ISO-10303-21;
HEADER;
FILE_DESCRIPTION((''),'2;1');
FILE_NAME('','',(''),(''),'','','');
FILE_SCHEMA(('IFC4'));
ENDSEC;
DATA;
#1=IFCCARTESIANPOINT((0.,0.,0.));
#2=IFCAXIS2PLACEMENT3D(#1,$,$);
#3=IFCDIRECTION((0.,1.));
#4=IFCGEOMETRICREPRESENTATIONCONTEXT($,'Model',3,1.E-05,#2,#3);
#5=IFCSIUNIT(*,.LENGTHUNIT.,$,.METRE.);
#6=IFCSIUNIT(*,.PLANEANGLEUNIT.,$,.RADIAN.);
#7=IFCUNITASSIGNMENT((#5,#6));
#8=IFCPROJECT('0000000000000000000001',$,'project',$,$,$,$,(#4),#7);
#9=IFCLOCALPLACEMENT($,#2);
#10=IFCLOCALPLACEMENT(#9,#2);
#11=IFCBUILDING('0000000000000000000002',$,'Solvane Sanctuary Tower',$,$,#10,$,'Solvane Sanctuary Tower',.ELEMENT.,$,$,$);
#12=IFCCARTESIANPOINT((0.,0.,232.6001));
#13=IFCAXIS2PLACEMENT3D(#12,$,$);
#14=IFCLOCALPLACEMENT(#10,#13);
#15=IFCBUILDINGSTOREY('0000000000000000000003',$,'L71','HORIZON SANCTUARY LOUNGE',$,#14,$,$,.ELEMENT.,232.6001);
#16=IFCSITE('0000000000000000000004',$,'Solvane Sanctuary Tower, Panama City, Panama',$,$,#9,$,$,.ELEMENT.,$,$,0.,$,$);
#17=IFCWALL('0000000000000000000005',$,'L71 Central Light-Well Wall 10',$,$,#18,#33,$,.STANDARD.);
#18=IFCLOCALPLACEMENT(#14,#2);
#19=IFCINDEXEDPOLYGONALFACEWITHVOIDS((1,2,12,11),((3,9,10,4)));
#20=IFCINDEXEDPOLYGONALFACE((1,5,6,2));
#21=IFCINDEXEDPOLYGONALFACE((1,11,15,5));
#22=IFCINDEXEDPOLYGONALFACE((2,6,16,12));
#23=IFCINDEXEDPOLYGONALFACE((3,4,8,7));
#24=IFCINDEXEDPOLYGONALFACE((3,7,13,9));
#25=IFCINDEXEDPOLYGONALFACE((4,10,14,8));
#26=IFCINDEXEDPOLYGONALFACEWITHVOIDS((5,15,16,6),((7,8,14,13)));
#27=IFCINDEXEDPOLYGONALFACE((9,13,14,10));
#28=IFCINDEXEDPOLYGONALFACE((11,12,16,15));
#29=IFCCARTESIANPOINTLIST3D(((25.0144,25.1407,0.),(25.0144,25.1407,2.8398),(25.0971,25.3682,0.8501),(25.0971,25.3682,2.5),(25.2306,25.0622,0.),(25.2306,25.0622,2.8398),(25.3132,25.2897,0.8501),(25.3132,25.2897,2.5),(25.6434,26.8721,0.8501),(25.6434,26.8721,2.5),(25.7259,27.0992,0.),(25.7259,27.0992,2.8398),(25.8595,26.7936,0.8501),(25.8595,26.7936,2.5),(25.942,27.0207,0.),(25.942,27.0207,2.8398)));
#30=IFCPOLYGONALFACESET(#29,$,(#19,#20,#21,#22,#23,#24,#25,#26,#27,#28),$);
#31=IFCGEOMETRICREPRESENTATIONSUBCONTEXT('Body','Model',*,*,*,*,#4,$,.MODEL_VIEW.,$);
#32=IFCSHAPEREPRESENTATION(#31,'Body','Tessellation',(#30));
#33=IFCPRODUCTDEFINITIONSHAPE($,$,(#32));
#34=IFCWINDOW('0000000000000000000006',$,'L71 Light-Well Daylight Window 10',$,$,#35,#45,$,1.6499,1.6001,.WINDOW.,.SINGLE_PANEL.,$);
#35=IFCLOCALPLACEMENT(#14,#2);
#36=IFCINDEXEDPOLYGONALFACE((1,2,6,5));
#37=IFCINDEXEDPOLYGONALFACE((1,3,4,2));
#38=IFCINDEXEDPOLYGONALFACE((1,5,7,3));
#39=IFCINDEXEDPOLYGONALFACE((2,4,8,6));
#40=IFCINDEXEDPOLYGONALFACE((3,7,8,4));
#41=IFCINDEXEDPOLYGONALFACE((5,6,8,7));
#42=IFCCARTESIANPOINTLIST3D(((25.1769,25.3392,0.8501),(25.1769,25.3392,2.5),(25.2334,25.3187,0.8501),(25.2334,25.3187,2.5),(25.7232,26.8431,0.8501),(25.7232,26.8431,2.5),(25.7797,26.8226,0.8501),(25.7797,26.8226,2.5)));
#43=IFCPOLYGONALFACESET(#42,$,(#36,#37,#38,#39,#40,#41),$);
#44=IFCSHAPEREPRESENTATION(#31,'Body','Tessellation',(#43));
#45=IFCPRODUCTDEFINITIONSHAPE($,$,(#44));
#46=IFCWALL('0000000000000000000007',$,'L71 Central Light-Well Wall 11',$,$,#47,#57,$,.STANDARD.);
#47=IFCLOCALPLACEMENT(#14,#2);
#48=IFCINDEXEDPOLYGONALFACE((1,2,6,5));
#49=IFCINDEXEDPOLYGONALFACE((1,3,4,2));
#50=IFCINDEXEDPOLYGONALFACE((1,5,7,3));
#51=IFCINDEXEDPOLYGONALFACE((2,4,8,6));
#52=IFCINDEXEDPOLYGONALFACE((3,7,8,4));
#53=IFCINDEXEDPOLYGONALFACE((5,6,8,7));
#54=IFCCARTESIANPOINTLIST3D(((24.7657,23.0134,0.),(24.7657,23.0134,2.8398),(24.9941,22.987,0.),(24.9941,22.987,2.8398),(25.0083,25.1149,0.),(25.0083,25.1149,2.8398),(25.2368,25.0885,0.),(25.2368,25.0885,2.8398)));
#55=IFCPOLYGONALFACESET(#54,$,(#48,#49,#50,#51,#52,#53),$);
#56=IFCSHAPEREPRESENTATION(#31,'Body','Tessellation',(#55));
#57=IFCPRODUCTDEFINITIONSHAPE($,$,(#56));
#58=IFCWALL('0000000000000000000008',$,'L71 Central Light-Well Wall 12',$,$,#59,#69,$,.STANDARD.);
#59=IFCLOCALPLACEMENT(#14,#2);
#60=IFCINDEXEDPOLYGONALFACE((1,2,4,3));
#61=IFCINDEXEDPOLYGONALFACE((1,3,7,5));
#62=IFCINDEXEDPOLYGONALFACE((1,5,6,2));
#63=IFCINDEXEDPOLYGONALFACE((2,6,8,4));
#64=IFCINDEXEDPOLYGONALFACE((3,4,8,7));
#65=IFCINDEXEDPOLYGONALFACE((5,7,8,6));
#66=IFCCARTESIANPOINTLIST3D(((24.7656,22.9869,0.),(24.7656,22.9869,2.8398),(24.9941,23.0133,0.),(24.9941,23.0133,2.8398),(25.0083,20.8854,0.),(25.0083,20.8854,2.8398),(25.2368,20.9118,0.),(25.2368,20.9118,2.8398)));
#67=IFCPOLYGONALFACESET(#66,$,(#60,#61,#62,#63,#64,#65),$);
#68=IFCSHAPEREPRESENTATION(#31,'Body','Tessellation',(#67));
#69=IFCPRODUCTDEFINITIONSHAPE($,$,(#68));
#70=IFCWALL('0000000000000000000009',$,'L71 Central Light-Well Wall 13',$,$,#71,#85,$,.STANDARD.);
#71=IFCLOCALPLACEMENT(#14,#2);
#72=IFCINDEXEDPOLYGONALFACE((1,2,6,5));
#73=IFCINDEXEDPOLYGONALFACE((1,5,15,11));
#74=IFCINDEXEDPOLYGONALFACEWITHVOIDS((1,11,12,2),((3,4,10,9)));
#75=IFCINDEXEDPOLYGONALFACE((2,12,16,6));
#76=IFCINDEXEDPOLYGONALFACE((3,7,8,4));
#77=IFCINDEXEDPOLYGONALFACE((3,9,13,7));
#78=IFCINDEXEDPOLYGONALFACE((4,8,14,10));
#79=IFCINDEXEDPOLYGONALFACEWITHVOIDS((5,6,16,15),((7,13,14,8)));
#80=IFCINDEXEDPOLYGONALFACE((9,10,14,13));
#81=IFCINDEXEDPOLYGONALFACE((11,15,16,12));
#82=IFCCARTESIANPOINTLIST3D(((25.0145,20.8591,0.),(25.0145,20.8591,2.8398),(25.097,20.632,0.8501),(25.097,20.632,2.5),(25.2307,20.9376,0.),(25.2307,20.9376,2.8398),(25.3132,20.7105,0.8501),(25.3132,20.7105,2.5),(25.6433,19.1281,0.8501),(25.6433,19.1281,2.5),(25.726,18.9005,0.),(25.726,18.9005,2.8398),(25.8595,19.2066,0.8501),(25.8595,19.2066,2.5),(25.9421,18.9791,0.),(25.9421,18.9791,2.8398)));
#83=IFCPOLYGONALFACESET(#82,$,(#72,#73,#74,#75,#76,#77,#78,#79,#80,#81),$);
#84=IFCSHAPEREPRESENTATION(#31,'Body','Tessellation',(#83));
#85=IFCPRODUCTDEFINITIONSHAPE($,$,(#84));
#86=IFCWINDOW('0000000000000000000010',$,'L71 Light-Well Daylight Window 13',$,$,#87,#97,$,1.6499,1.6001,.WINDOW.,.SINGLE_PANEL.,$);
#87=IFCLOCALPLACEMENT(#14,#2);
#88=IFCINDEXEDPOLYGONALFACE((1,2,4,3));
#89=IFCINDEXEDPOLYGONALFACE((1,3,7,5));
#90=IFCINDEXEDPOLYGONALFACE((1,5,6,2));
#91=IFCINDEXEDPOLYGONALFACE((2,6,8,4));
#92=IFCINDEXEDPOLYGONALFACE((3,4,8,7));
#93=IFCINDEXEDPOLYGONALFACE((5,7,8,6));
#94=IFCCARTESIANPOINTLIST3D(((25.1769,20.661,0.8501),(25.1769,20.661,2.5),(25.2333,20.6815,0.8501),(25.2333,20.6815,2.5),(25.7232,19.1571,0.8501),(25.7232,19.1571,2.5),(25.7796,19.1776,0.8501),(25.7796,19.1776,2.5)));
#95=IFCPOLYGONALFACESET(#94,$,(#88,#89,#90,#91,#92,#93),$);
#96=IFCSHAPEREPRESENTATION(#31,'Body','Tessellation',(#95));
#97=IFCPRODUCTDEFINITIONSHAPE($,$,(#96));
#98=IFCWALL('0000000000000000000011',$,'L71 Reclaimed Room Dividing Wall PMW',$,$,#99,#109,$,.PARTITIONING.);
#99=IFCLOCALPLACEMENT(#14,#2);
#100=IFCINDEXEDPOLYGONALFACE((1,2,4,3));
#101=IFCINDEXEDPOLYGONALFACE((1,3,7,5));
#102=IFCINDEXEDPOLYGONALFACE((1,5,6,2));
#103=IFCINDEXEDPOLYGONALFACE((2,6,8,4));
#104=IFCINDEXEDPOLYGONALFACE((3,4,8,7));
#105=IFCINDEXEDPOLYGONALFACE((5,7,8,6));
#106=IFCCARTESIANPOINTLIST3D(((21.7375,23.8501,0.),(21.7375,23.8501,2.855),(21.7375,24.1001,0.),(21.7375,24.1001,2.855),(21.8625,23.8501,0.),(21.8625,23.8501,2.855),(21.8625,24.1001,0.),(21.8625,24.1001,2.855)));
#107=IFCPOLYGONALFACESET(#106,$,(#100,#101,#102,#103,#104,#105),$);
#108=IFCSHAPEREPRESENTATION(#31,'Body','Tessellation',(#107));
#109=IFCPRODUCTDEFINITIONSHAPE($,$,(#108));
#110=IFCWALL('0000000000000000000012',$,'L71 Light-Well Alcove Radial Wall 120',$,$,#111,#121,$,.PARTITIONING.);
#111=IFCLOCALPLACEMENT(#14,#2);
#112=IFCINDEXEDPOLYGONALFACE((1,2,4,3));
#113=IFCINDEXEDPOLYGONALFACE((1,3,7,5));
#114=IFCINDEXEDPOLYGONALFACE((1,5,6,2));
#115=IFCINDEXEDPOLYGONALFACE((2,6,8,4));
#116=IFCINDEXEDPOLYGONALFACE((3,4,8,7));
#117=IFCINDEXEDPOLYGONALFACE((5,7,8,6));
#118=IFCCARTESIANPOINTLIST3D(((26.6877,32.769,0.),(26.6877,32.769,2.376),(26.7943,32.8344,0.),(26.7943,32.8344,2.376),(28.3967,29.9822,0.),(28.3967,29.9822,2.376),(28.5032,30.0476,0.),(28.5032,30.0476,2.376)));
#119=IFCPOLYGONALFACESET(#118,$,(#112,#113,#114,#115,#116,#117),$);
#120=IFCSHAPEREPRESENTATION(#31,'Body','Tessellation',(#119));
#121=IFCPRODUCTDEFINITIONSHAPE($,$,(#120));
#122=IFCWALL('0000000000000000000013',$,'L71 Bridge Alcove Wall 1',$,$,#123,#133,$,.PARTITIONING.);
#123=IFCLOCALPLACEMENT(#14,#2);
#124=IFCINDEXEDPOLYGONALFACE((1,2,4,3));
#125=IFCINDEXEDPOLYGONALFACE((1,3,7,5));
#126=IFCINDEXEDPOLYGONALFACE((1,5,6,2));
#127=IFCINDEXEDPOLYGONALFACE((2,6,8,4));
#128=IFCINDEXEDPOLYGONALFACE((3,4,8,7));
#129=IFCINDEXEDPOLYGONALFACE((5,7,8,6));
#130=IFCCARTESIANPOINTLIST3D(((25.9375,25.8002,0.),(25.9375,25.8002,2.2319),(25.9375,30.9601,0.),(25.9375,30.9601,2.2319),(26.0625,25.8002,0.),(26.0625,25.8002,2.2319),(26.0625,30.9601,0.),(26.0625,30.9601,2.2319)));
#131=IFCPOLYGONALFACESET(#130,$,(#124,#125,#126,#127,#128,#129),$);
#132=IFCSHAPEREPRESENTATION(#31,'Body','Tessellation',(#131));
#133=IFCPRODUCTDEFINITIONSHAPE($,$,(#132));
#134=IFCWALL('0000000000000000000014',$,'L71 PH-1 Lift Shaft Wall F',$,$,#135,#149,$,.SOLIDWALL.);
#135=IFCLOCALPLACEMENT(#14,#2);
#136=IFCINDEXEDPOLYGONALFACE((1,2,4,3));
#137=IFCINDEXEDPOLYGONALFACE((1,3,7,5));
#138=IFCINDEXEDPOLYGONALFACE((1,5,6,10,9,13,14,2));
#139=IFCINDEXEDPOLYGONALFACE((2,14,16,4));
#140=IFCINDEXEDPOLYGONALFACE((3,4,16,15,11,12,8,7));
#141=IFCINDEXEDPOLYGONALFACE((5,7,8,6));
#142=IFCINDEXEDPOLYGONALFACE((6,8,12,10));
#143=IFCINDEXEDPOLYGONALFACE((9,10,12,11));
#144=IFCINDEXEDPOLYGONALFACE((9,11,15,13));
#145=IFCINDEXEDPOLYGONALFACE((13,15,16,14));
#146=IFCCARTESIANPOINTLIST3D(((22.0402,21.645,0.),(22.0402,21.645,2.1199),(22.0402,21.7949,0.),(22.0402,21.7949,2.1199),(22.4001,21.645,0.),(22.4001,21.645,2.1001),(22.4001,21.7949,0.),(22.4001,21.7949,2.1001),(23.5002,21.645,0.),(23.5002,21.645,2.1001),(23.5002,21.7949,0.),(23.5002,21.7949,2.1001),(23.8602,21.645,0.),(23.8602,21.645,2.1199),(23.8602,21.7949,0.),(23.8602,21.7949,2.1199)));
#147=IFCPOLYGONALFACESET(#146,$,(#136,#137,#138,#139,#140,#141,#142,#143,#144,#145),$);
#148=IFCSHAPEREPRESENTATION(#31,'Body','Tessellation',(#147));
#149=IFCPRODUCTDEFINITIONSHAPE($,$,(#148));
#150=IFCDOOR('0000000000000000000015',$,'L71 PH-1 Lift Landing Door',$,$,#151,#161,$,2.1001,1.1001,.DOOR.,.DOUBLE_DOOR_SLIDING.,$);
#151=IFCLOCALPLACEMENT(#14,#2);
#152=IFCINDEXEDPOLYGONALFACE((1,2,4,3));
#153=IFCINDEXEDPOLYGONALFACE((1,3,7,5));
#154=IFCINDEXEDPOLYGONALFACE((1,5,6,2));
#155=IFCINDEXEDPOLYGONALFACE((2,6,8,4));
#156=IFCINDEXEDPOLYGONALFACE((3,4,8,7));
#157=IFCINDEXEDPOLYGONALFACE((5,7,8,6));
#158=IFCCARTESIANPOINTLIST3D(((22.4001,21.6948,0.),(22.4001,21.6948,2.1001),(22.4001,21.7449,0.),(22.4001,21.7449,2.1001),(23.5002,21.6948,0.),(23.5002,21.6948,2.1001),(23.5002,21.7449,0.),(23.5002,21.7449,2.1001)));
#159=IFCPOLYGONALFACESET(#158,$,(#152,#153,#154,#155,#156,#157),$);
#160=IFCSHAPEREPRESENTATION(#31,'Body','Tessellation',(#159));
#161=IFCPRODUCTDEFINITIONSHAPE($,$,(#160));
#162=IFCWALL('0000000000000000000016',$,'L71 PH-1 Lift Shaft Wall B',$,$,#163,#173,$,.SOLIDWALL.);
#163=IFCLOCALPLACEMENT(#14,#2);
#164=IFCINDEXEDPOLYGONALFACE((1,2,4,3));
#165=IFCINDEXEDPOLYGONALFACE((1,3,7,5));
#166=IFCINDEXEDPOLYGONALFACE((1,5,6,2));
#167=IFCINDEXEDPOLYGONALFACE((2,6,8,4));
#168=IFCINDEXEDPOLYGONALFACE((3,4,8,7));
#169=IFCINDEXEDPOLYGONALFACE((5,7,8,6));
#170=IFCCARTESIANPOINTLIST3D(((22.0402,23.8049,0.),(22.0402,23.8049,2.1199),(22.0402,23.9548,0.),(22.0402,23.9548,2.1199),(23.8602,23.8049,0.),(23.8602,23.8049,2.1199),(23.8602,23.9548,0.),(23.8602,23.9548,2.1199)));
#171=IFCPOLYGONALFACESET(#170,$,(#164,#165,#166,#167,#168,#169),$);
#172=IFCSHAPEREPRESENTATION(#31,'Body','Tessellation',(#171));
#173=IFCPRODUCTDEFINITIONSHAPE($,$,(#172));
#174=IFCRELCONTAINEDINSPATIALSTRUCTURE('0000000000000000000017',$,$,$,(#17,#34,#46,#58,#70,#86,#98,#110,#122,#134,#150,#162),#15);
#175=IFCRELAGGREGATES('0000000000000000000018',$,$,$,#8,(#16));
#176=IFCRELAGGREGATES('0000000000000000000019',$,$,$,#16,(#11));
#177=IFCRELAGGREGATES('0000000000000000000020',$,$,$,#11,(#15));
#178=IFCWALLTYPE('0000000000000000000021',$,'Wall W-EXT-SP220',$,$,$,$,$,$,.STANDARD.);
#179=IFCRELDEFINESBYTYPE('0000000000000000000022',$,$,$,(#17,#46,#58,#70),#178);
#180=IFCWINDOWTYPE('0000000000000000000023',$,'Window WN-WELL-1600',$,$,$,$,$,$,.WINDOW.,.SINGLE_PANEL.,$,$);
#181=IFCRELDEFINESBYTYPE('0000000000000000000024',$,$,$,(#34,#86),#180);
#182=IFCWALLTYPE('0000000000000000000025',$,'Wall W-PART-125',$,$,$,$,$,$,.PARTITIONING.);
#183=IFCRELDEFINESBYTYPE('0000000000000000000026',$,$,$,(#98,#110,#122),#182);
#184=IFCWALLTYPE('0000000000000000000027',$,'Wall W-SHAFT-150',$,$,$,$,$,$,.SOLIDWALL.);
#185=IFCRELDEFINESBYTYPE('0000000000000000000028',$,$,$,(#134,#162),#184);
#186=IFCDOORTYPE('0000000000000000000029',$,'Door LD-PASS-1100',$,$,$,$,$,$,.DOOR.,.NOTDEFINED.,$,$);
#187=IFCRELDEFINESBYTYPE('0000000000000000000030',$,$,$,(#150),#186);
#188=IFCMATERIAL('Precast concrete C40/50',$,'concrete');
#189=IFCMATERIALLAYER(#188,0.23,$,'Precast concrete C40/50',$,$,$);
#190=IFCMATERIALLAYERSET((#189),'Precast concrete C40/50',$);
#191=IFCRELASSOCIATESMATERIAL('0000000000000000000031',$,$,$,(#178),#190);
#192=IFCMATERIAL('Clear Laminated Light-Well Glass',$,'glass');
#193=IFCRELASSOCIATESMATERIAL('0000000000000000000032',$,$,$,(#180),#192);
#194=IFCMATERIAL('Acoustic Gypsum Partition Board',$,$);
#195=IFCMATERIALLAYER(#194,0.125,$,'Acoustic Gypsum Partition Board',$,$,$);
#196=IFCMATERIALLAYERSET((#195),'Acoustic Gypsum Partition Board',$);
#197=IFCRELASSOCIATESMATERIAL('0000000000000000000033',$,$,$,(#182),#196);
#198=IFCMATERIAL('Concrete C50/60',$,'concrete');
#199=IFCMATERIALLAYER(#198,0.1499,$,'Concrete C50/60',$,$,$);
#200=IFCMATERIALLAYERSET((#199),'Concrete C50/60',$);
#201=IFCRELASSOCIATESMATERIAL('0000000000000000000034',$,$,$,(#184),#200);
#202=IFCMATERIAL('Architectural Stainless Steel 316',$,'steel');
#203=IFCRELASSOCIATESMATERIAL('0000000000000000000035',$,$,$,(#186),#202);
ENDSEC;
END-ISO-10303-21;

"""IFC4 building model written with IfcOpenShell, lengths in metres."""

from ifc_helpers import new_model, si_unit, direction, frame, frame_2d, origin, place, context, subcontext, project, spatial, rectangle, extrude, material, layer, layer_set, type_object, element, fill, save


model = new_model("IFC4")

# Units and contexts
model_context = context("Model", 3, precision=1e-05, world=origin(), true_north=direction((0.0, 1.0)))
body_context = subcontext(model_context, "Body", "Model", "MODEL_VIEW")
ifc_project = project(units=[si_unit("LENGTHUNIT", "METRE"), si_unit("PLANEANGLEUNIT", "RADIAN")], contexts=[model_context])

# Site, building, storey
site_placement = place(None, origin())
site = spatial("IfcSite", under=ifc_project, at=site_placement, Name="Solvane Sanctuary Tower, Panama City, Panama", CompositionType="ELEMENT", RefElevation=0.0)
building_placement = place(site_placement, origin())
building = spatial("IfcBuilding", under=site, at=building_placement, Name="Solvane Sanctuary Tower", LongName="Solvane Sanctuary Tower", CompositionType="ELEMENT")
storey_placement = place(building_placement, frame((0.0, 0.0, 232.6001)))
storey = spatial("IfcBuildingStorey", under=building, at=storey_placement, Name="L71", Description="HORIZON SANCTUARY LOUNGE", CompositionType="ELEMENT", Elevation=232.6001)

# Shared definitions
ifc_material_1 = material(Name="Concrete C50/60", Category="concrete")

# Shared definitions
ifc_material_2 = material(Name="Acoustic Gypsum Partition Board")
ifc_material_3 = material(Name="Architectural Stainless Steel 316", Category="steel")

# Shared definitions
ifc_material_4 = material(Name="Precast concrete C40/50", Category="concrete")
ifc_layer_1 = layer(ifc_material_4, 0.23, Name="Precast concrete C40/50")
ifc_layer_set_1 = layer_set([ifc_layer_1], Name="Precast concrete C40/50")
wall_type_1 = type_object("IfcWallType", Name="Wall W-EXT-SP220", PredefinedType="STANDARD", material=ifc_layer_set_1)

# Wall, opening, window
wall_1_placement = place(storey_placement, frame((25.834, 27.0601, 0.0), z_axis=(0.0, 0.0, 1.0), x_axis=(-0.341423, -0.93991, 0.0)))
wall_1 = element("IfcWall", 1, at=wall_1_placement, inside=storey, type_object=wall_type_1, Name="L71 Central Light-Well Wall 10", PredefinedType="STANDARD", context=body_context, shape_type="SweptSolid", body=[
    extrude(rectangle(XDim=2.0837, YDim=0.23, at=frame_2d((1.042, 0.0))), origin(), (0.0, 0.0, 1.0), 2.8398),
])
opening_1_placement = place(wall_1_placement, frame((0.2417, 0.0, 0.8501)))
opening_1 = element("IfcOpeningElement", 2, at=opening_1_placement, cuts=wall_1, PredefinedType="OPENING", context=body_context, shape_type="SweptSolid", body=[
    extrude(rectangle(XDim=1.6001, YDim=1.6499, at=frame_2d((0.8, 0.825))), frame((0.0, 0.125, 0.0), z_axis=(0.0, -1.0, 0.0), x_axis=(1.0, 0.0, 0.0)), (0.0, 0.0, 1.0), 0.25),
])
ifc_material_5 = material(Name="Clear Laminated Light-Well Glass", Category="glass")
window_type = type_object("IfcWindowType", Name="Window WN-WELL-1600", PartitioningType="SINGLE_PANEL", PredefinedType="WINDOW", material=ifc_material_5)
window_1_placement = place(opening_1_placement, origin())
window_1 = element("IfcWindow", 3, at=window_1_placement, inside=storey, type_object=window_type, Name="L71 Light-Well Daylight Window 10", OverallHeight=1.6499, OverallWidth=1.6001, PartitioningType="SINGLE_PANEL", PredefinedType="WINDOW", context=body_context, shape_type="SweptSolid", body=[
    extrude(rectangle(XDim=1.6001, YDim=1.6499, at=frame_2d((0.8, 0.825))), frame((0.0, 0.03, 0.0), z_axis=(0.0, -1.0, 0.0), x_axis=(1.0, 0.0, 0.0)), (0.0, 0.0, 1.0), 0.0601),
])
fill(opening_1, window_1)

# Walls
for number, where, z_axis, x_axis, name in (
    (4, (25.1226, 25.1016, 0.0), (0.0, 0.0, 1.0), (-0.114712, -0.993399, 0.0), "L71 Central Light-Well Wall 11"),
    (5, (24.8799, 23.0, 0.0), (0.0, 0.0, 1.0), (0.114712, -0.993399, 0.0), "L71 Central Light-Well Wall 12"),
):
    element("IfcWall", number, at=place(storey_placement, frame(where, z_axis=z_axis, x_axis=x_axis)), inside=storey, type_object=wall_type_1, Name=name, PredefinedType="STANDARD", context=body_context, shape_type="SweptSolid", body=[
        extrude(rectangle(XDim=2.1155, YDim=0.23, at=frame_2d((1.0576, 0.0))), origin(), (0.0, 0.0, 1.0), 2.8398),
    ])

# Wall, opening, window
wall_2_placement = place(storey_placement, frame((25.1226, 20.8984, 0.0), z_axis=(0.0, 0.0, 1.0), x_axis=(0.341423, -0.93991, 0.0)))
wall_2 = element("IfcWall", 6, at=wall_2_placement, inside=storey, type_object=wall_type_1, Name="L71 Central Light-Well Wall 13", PredefinedType="STANDARD", context=body_context, shape_type="SweptSolid", body=[
    extrude(rectangle(XDim=2.0837, YDim=0.23, at=frame_2d((1.042, 0.0))), origin(), (0.0, 0.0, 1.0), 2.8398),
])
opening_2_placement = place(wall_2_placement, frame((0.2417, 0.0, 0.8501)))
opening_2 = element("IfcOpeningElement", 7, at=opening_2_placement, cuts=wall_2, PredefinedType="OPENING", context=body_context, shape_type="SweptSolid", body=[
    extrude(rectangle(XDim=1.6001, YDim=1.6499, at=frame_2d((0.8, 0.825))), frame((0.0, 0.125, 0.0), z_axis=(0.0, -1.0, 0.0), x_axis=(1.0, 0.0, 0.0)), (0.0, 0.0, 1.0), 0.25),
])
window_2_placement = place(opening_2_placement, origin())
window_2 = element("IfcWindow", 8, at=window_2_placement, inside=storey, type_object=window_type, Name="L71 Light-Well Daylight Window 13", OverallHeight=1.6499, OverallWidth=1.6001, PartitioningType="SINGLE_PANEL", PredefinedType="WINDOW", context=body_context, shape_type="SweptSolid", body=[
    extrude(rectangle(XDim=1.6001, YDim=1.6499, at=frame_2d((0.8, 0.825))), frame((0.0, 0.03, 0.0), z_axis=(0.0, -1.0, 0.0), x_axis=(1.0, 0.0, 0.0)), (0.0, 0.0, 1.0), 0.0601),
])
fill(opening_2, window_2)

# Walls
ifc_layer_2 = layer(ifc_material_2, 0.125, Name="Acoustic Gypsum Partition Board")
ifc_layer_set_2 = layer_set([ifc_layer_2], Name="Acoustic Gypsum Partition Board")
wall_type_2 = type_object("IfcWallType", Name="Wall W-PART-125", PredefinedType="PARTITIONING", material=ifc_layer_set_2)
wall_3_placement = place(storey_placement, frame((21.8, 23.8501, 0.0), z_axis=(0.0, 0.0, 1.0), x_axis=(0.0, 1.0, 0.0)))
element("IfcWall", 9, at=wall_3_placement, inside=storey, type_object=wall_type_2, Name="L71 Reclaimed Room Dividing Wall PMW", PredefinedType="PARTITIONING", context=body_context, shape_type="SweptSolid", body=[
    extrude(rectangle(XDim=0.25, YDim=0.125, at=frame_2d((0.125, 0.0))), origin(), (0.0, 0.0, 1.0), 2.855),
])
wall_4_placement = place(storey_placement, frame((28.45, 30.0149, 0.0), z_axis=(0.0, 0.0, 1.0), x_axis=(-0.522763, 0.852478, 0.0)))
element("IfcWall", 10, at=wall_4_placement, inside=storey, type_object=wall_type_2, Name="L71 Light-Well Alcove Radial Wall 120", PredefinedType="PARTITIONING", context=body_context, shape_type="SweptSolid", body=[
    extrude(rectangle(XDim=3.269, YDim=0.125, at=frame_2d((1.6345, 0.0))), origin(), (0.0, 0.0, 1.0), 2.376),
])
wall_5_placement = place(storey_placement, frame((26.0, 25.8, 0.0), z_axis=(0.0, 0.0, 1.0), x_axis=(0.0, 1.0, 0.0)))
element("IfcWall", 11, at=wall_5_placement, inside=storey, type_object=wall_type_2, Name="L71 Bridge Alcove Wall 1", PredefinedType="PARTITIONING", context=body_context, shape_type="SweptSolid", body=[
    extrude(rectangle(XDim=5.1599, YDim=0.125, at=frame_2d((2.5801, 0.0))), origin(), (0.0, 0.0, 1.0), 2.2319),
])

# Wall, opening, door
ifc_layer_3 = layer(ifc_material_1, 0.1499, Name="Concrete C50/60")
ifc_layer_set_3 = layer_set([ifc_layer_3], Name="Concrete C50/60")
wall_type_3 = type_object("IfcWallType", Name="Wall W-SHAFT-150", PredefinedType="SOLIDWALL", material=ifc_layer_set_3)
wall_6_placement = place(storey_placement, frame((22.04, 21.72, 0.0), z_axis=(0.0, 0.0, 1.0), x_axis=(1.0, 0.0, 0.0)))
wall_6 = element("IfcWall", 12, at=wall_6_placement, inside=storey, type_object=wall_type_3, Name="L71 PH-1 Lift Shaft Wall F", PredefinedType="SOLIDWALL", context=body_context, shape_type="SweptSolid", body=[
    extrude(rectangle(XDim=1.8201, YDim=0.1499, at=frame_2d((0.9102, 0.0))), origin(), (0.0, 0.0, 1.0), 2.1199),
])
opening_3_placement = place(wall_6_placement, frame((0.3601, 0.0, 0.0)))
opening_3 = element("IfcOpeningElement", 13, at=opening_3_placement, cuts=wall_6, PredefinedType="OPENING", context=body_context, shape_type="SweptSolid", body=[
    extrude(rectangle(XDim=1.1001, YDim=2.1001, at=frame_2d((0.55, 1.05))), frame((0.0, 0.085, 0.0), z_axis=(0.0, -1.0, 0.0), x_axis=(1.0, 0.0, 0.0)), (0.0, 0.0, 1.0), 0.1699),
])
door_type_1 = type_object("IfcDoorType", Name="Door LD-PASS-1100", OperationType="NOTDEFINED", PredefinedType="DOOR", material=ifc_material_3)
door_1_placement = place(opening_3_placement, origin())
door_1 = element("IfcDoor", 14, at=door_1_placement, inside=storey, type_object=door_type_1, Name="L71 PH-1 Lift Landing Door", OperationType="DOUBLE_DOOR_SLIDING", OverallHeight=2.1001, OverallWidth=1.1001, PredefinedType="DOOR", context=body_context, shape_type="SweptSolid", body=[
    extrude(rectangle(XDim=1.1001, YDim=2.1001, at=frame_2d((0.55, 1.05))), frame((0.0, 0.0249, 0.0), z_axis=(0.0, -1.0, 0.0), x_axis=(1.0, 0.0, 0.0)), (0.0, 0.0, 1.0), 0.05),
])
fill(opening_3, door_1)

# Wall
wall_7_placement = place(storey_placement, frame((22.04, 23.8799, 0.0), z_axis=(0.0, 0.0, 1.0), x_axis=(1.0, 0.0, 0.0)))
element("IfcWall", 15, at=wall_7_placement, inside=storey, type_object=wall_type_3, Name="L71 PH-1 Lift Shaft Wall B", PredefinedType="SOLIDWALL", context=body_context, shape_type="SweptSolid", body=[
    extrude(rectangle(XDim=1.8201, YDim=0.1499, at=frame_2d((0.9102, 0.0))), origin(), (0.0, 0.0, 1.0), 2.1199),
])

save(model, "model.ifc")
